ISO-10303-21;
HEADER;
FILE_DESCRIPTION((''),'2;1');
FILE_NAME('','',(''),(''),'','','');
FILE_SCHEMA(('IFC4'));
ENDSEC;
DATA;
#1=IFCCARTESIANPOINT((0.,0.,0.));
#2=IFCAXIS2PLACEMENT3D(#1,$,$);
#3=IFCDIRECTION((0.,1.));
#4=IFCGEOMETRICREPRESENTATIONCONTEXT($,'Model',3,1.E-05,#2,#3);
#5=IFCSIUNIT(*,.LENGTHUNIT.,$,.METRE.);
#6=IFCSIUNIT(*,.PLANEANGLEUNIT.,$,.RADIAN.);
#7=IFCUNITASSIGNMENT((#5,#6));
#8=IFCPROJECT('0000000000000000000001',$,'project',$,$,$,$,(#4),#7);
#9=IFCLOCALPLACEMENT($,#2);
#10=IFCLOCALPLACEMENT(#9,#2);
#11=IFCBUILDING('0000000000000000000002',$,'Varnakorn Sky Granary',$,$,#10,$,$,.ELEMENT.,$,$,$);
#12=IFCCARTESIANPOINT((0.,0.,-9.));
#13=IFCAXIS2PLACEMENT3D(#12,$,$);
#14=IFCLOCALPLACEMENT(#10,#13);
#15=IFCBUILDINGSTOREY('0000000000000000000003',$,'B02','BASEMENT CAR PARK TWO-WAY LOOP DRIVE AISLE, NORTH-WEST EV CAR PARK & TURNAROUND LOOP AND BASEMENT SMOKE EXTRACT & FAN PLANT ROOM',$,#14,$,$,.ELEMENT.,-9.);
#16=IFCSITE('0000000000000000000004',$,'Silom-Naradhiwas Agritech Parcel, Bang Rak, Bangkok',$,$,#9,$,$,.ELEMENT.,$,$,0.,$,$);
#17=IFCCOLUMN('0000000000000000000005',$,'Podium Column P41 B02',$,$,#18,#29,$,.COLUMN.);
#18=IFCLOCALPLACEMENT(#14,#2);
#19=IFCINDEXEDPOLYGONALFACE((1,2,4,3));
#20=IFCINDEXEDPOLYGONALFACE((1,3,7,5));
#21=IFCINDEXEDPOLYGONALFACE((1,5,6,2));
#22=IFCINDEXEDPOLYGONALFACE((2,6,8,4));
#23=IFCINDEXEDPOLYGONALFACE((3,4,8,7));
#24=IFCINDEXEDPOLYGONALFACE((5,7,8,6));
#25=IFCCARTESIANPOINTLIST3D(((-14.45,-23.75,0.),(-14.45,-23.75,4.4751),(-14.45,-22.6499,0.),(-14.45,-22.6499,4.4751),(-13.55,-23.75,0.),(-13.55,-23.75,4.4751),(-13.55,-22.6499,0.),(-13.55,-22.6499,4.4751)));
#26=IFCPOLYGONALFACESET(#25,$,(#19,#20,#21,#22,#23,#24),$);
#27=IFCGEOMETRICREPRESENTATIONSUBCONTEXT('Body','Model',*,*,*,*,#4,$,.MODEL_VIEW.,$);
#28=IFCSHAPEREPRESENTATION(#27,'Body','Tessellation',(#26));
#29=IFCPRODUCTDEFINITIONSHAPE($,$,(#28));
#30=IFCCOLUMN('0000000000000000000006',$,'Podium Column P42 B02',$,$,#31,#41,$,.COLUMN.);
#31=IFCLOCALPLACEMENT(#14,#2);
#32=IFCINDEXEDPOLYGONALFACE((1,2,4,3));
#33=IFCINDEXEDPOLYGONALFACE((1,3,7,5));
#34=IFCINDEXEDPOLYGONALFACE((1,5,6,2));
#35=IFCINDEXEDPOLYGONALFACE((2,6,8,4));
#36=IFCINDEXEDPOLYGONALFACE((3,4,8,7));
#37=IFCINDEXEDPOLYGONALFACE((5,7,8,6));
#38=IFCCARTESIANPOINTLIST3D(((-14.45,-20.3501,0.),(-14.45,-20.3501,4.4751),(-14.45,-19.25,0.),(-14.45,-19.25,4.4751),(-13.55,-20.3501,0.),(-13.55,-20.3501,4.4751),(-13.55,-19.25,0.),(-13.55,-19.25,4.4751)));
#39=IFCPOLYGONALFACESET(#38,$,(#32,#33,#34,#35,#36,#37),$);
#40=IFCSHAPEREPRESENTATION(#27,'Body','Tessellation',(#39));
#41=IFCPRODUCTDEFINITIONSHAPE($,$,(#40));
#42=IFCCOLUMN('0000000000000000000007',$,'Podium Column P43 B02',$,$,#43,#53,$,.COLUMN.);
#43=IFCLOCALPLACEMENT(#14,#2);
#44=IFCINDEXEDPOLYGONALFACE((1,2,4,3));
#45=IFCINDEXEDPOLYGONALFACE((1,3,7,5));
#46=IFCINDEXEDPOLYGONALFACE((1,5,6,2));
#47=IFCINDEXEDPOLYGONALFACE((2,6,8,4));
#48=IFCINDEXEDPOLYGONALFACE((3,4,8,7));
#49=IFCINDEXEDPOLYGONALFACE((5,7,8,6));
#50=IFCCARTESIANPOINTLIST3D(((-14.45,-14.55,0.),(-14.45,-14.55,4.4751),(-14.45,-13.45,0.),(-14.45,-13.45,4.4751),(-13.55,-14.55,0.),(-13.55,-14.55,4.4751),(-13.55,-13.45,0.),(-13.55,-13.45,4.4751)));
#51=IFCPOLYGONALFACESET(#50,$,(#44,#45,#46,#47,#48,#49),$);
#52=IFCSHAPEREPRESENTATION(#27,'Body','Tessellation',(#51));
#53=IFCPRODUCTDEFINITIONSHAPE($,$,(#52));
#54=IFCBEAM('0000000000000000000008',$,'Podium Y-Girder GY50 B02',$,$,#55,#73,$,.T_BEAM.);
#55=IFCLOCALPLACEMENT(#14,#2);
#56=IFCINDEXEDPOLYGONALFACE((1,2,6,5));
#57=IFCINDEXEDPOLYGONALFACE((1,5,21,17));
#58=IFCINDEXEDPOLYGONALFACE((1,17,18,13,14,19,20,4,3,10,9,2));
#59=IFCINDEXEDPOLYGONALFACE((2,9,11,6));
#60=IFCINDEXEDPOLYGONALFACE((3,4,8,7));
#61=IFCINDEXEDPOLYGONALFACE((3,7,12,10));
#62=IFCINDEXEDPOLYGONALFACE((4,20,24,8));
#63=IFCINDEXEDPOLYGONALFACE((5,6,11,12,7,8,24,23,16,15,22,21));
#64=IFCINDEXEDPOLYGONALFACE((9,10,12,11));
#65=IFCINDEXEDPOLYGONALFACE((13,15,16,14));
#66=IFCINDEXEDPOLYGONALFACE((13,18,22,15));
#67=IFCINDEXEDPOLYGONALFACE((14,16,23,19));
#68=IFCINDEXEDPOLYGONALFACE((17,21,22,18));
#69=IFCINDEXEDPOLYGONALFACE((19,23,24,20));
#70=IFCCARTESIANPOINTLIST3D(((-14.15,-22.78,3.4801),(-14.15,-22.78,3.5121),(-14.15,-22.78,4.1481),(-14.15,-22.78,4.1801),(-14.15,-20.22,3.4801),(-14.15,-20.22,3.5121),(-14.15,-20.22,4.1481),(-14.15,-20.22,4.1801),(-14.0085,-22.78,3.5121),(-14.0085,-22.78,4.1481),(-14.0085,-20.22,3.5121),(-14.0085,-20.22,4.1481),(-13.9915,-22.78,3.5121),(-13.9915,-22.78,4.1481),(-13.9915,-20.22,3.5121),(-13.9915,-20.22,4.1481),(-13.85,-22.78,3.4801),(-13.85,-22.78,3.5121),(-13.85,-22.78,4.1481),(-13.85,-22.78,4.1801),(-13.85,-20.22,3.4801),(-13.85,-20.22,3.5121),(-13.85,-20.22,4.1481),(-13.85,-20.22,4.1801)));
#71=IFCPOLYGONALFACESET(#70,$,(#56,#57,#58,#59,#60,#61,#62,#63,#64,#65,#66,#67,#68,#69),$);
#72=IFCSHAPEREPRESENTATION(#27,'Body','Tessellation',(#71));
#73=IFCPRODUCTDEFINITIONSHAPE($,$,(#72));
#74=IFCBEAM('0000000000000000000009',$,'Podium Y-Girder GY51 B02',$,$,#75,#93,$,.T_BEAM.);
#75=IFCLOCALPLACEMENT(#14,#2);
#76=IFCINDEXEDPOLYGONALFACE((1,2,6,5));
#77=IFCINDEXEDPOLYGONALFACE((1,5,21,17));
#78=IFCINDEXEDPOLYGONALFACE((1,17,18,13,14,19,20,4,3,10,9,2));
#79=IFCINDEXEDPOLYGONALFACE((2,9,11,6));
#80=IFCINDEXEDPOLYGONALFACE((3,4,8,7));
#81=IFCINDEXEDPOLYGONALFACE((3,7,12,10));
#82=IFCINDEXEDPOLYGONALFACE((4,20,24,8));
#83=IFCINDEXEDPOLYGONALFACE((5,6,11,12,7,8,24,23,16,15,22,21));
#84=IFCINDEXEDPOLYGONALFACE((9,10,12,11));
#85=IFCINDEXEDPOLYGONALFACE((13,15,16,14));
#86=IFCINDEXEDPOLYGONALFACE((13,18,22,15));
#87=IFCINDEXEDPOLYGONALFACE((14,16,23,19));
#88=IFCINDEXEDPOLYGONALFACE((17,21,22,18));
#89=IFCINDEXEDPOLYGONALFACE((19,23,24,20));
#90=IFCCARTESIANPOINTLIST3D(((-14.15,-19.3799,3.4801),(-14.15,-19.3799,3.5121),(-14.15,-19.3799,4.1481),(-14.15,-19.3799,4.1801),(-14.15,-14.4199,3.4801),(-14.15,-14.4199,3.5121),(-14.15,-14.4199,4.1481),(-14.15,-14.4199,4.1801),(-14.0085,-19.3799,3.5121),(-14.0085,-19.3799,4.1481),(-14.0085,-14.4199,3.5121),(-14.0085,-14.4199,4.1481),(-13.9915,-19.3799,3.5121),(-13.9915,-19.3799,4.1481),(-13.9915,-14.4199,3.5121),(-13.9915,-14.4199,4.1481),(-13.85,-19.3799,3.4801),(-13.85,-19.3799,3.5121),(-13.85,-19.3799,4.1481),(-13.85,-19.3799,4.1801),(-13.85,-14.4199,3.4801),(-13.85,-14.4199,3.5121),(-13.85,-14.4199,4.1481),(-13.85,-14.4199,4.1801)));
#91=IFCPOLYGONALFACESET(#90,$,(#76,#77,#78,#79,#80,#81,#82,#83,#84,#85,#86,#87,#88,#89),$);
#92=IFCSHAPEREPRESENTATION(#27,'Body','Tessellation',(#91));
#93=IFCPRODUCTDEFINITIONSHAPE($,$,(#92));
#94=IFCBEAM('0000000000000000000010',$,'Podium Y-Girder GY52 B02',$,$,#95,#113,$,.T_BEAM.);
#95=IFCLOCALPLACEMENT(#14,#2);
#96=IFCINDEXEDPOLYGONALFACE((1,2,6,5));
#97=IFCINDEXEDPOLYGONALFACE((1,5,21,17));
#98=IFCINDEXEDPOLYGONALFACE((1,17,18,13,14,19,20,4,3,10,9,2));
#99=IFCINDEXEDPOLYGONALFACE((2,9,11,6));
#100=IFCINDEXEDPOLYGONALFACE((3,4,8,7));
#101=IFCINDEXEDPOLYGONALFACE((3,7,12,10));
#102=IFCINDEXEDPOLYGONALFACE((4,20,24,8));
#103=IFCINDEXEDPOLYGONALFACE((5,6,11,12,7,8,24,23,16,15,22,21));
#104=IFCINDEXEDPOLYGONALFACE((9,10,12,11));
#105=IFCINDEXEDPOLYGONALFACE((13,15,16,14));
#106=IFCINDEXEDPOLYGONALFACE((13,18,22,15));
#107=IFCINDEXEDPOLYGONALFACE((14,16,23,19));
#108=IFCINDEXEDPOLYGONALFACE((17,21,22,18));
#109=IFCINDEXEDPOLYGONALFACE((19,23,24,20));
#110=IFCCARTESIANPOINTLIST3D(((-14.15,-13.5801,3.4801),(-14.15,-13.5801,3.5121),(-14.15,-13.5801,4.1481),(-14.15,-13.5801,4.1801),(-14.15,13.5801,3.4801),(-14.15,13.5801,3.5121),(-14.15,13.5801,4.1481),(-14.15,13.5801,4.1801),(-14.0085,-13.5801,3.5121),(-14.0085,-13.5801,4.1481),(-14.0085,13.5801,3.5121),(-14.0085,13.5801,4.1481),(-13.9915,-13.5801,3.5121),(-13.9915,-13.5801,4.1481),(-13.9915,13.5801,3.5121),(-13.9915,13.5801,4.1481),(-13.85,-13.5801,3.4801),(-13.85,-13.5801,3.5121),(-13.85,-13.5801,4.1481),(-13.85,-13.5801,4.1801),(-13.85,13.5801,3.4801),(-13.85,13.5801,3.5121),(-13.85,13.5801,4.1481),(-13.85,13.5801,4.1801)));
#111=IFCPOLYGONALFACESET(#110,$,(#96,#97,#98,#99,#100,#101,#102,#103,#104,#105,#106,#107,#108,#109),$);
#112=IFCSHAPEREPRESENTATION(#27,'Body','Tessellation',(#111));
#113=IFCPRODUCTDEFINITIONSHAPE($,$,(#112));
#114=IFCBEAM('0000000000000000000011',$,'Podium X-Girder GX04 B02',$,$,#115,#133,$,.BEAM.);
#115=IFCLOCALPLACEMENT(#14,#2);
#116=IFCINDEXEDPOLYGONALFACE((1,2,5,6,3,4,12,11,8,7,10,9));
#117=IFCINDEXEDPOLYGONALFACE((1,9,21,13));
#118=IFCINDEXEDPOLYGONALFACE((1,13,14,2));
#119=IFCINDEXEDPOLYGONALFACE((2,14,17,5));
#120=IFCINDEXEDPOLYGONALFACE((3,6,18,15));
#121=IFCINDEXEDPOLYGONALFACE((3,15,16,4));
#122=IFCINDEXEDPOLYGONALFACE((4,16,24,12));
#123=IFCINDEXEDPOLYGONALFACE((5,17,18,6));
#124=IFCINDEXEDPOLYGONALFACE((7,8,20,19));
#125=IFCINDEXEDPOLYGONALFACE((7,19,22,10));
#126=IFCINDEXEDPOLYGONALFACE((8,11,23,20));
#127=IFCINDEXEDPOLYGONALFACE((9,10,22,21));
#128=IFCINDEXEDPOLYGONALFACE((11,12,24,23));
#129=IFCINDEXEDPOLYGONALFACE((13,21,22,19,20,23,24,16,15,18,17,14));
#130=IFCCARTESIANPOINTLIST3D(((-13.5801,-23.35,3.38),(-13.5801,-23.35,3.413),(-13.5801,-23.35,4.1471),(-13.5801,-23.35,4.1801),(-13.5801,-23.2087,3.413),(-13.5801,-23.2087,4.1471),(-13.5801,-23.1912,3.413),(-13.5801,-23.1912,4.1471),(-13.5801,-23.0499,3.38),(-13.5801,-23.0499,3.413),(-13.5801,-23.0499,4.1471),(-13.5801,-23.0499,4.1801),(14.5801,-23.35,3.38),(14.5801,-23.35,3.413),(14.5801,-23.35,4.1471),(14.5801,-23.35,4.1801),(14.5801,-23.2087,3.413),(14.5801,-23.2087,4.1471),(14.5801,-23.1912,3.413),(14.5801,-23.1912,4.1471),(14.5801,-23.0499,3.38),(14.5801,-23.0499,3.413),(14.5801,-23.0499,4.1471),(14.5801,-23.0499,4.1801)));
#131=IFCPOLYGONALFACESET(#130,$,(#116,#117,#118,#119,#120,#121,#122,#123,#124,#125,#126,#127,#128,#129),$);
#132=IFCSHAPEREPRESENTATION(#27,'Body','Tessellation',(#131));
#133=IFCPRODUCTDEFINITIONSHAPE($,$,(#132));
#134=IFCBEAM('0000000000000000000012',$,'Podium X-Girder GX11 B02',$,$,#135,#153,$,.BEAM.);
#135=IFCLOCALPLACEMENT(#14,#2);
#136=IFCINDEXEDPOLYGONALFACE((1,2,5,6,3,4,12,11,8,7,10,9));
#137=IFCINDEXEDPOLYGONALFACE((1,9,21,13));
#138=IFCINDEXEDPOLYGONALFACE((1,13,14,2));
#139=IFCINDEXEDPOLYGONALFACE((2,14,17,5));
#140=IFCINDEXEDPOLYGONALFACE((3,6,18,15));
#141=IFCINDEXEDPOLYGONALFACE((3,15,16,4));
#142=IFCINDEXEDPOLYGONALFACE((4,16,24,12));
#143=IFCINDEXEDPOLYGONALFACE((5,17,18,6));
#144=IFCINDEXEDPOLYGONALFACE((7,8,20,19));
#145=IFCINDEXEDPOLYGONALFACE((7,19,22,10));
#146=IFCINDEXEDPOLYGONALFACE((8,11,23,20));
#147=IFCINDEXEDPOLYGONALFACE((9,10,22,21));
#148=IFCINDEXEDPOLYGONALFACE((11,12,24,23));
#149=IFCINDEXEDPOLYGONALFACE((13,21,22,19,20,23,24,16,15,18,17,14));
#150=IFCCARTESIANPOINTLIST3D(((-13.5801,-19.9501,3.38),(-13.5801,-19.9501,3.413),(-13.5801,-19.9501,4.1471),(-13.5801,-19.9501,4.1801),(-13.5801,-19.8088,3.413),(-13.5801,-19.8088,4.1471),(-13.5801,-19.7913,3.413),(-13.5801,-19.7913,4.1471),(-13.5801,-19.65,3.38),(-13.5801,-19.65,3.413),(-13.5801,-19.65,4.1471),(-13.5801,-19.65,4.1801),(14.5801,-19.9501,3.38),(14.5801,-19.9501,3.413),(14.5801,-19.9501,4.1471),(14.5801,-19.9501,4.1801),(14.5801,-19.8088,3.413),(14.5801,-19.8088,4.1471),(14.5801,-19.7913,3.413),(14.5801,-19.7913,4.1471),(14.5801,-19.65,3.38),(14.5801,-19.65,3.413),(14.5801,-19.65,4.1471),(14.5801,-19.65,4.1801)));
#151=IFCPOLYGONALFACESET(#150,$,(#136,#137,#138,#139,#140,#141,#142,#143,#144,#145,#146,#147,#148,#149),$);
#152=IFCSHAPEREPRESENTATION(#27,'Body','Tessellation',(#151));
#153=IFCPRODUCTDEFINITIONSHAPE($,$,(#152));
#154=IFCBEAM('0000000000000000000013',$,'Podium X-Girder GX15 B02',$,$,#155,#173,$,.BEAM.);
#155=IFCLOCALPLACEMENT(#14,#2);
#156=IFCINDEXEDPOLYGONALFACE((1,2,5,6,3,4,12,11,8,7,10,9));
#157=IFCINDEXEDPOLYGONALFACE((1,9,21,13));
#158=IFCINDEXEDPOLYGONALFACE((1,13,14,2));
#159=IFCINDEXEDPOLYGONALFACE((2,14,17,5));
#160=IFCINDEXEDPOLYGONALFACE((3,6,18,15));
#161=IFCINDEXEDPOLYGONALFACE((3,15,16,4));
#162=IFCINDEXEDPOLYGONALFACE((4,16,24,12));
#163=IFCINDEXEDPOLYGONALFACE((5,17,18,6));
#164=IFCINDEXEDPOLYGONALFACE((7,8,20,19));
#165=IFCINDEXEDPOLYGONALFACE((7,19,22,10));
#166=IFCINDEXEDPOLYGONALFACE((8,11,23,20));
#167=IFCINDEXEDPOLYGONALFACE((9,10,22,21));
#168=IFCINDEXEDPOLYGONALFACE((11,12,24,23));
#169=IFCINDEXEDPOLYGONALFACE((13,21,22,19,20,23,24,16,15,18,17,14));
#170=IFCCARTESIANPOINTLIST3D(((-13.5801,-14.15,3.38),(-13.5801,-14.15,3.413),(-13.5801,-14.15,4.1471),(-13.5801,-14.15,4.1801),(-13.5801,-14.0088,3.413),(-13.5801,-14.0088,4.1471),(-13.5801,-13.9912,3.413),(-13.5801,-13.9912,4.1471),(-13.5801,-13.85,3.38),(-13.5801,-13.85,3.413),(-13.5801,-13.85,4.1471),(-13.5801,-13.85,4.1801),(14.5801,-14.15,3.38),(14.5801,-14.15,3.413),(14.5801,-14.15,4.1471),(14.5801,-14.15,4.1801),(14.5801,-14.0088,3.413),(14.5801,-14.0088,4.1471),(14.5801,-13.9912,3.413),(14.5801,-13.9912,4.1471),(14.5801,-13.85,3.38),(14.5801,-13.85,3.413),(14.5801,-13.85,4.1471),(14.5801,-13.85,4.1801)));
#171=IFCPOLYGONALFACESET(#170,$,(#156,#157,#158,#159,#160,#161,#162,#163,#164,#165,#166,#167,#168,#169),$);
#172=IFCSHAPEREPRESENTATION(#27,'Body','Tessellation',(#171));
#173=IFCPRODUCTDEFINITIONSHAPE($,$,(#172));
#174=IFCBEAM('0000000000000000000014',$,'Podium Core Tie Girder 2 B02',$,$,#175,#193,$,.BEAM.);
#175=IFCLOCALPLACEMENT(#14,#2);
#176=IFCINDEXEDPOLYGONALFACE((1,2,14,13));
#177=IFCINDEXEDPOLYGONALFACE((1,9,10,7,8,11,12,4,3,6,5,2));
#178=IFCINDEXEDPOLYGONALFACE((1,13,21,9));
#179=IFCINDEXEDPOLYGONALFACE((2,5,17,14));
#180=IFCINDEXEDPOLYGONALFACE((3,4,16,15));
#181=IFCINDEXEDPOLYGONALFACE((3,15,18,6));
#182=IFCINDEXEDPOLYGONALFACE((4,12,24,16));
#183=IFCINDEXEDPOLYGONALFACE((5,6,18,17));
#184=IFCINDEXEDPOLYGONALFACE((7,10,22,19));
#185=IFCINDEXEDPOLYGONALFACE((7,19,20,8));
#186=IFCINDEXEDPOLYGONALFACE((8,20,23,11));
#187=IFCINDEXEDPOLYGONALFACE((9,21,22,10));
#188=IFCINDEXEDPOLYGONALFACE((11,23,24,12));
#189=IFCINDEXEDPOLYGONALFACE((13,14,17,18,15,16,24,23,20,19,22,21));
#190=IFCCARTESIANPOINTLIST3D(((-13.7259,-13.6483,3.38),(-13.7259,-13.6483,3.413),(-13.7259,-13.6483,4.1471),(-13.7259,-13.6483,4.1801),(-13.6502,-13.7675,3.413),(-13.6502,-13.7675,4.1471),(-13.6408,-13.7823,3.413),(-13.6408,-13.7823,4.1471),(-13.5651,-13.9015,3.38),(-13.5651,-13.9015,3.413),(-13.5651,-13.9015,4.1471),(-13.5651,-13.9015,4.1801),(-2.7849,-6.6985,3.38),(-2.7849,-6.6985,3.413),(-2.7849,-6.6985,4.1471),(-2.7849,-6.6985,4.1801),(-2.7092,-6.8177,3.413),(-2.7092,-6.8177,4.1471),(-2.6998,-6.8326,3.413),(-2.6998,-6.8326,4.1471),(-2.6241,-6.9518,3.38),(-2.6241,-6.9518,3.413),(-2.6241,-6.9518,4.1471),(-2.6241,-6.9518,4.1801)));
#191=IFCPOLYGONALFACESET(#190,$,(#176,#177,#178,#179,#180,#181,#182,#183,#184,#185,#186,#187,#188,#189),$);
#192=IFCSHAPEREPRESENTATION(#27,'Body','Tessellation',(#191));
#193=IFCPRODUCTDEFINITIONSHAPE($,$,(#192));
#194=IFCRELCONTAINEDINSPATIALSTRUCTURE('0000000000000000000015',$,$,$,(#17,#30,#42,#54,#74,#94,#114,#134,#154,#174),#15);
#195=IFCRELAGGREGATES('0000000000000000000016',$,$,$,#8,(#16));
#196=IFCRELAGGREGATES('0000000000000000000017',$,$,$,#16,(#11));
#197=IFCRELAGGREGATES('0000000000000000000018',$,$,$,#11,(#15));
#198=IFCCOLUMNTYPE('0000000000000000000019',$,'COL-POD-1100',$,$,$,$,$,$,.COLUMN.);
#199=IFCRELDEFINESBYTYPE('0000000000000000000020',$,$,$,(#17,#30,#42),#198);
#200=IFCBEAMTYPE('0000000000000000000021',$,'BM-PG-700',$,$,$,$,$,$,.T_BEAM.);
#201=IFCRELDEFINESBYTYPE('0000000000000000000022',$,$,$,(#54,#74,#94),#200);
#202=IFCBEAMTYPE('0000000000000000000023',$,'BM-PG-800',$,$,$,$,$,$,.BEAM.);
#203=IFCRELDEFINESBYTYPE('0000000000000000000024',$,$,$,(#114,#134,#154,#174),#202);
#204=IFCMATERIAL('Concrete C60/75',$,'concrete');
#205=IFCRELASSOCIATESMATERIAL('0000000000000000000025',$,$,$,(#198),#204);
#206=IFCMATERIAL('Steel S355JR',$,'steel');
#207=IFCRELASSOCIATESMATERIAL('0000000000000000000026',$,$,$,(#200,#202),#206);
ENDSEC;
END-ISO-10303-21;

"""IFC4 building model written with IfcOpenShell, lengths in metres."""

from ifc_helpers import new_model, si_unit, direction, frame, origin, origin_2d, place, context, subcontext, project, spatial, rectangle, i_section, extrude, material, material_profile, profile_set, type_object, element, save


model = new_model("IFC4")

# Units and contexts
model_context = context("Model", 3, precision=1e-05, world=origin(), true_north=direction((0.0, 1.0)))
body_context = subcontext(model_context, "Body", "Model", "MODEL_VIEW")
ifc_project = project(units=[si_unit("LENGTHUNIT", "METRE"), si_unit("PLANEANGLEUNIT", "RADIAN")], contexts=[model_context])

# Site, building, storey
site_placement = place(None, origin())
site = spatial("IfcSite", under=ifc_project, at=site_placement, Name="Silom-Naradhiwas Agritech Parcel, Bang Rak, Bangkok", CompositionType="ELEMENT", RefElevation=0.0)
building_placement = place(site_placement, origin())
building = spatial("IfcBuilding", under=site, at=building_placement, Name="Varnakorn Sky Granary", CompositionType="ELEMENT")
storey_placement = place(building_placement, frame((0.0, 0.0, -9.0)))
storey = spatial("IfcBuildingStorey", under=building, at=storey_placement, Name="B02", Description="BASEMENT CAR PARK TWO-WAY LOOP DRIVE AISLE, NORTH-WEST EV CAR PARK & TURNAROUND LOOP AND BASEMENT SMOKE EXTRACT & FAN PLANT ROOM", CompositionType="ELEMENT", Elevation=-9.0)

# Columns
ifc_material_1 = material(Name="Concrete C60/75", Category="concrete")
ifc_material_profile_1 = material_profile(ifc_material_1, rectangle(XDim=0.8999, YDim=1.1001, at=origin_2d()), Name="RC 900x1100")
ifc_profile_set_1 = profile_set([ifc_material_profile_1], Name="Concrete C60/75")
column_type = type_object("IfcColumnType", Name="COL-POD-1100", PredefinedType="COLUMN", material=ifc_profile_set_1)
for number, where, z_axis, x_axis, name in (
    (1, (-14.0, -23.2, 0.0), (0.0, 0.0, 1.0), (1.0, 0.0, 0.0), "Podium Column P41 B02"),
    (2, (-14.0, -19.8, 0.0), (0.0, 0.0, 1.0), (1.0, 0.0, 0.0), "Podium Column P42 B02"),
    (3, (-14.0, -14.0, 0.0), (0.0, 0.0, 1.0), (1.0, 0.0, 0.0), "Podium Column P43 B02"),
):
    element("IfcColumn", number, at=place(storey_placement, frame(where, z_axis=z_axis, x_axis=x_axis)), inside=storey, type_object=column_type, Name=name, PredefinedType="COLUMN", context=body_context, shape_type="SweptSolid", body=[
        extrude(rectangle(XDim=0.8999, YDim=1.1001, at=origin_2d()), origin(), (0.0, 0.0, 1.0), 4.4751),
    ])

# Beams
ifc_material_2 = material(Name="Steel S355JR", Category="steel")
ifc_material_profile_2 = material_profile(ifc_material_2, i_section(OverallWidth=0.3, OverallDepth=0.7, WebThickness=0.0171, FlangeThickness=0.032, at=origin_2d()), Name="HE 700 B")
ifc_profile_set_2 = profile_set([ifc_material_profile_2], Name="Steel S355JR")
beam_type_1 = type_object("IfcBeamType", Name="BM-PG-700", PredefinedType="T_BEAM", material=ifc_profile_set_2)
beam_1_placement = place(storey_placement, frame((-14.0, -22.78, 3.8301), z_axis=(0.0, 1.0, 0.0), x_axis=(-1.0, 0.0, 0.0)))
element("IfcBeam", 4, at=beam_1_placement, inside=storey, type_object=beam_type_1, Name="Podium Y-Girder GY50 B02", PredefinedType="T_BEAM", context=body_context, shape_type="SweptSolid", body=[
    extrude(i_section(OverallWidth=0.3, OverallDepth=0.7, WebThickness=0.0171, FlangeThickness=0.032, at=origin_2d()), origin(), (0.0, 0.0, 1.0), 2.5601),
])
beam_2_placement = place(storey_placement, frame((-14.0, -19.3799, 3.8301), z_axis=(0.0, 1.0, 0.0), x_axis=(-1.0, 0.0, 0.0)))
element("IfcBeam", 5, at=beam_2_placement, inside=storey, type_object=beam_type_1, Name="Podium Y-Girder GY51 B02", PredefinedType="T_BEAM", context=body_context, shape_type="SweptSolid", body=[
    extrude(i_section(OverallWidth=0.3, OverallDepth=0.7, WebThickness=0.0171, FlangeThickness=0.032, at=origin_2d()), origin(), (0.0, 0.0, 1.0), 4.96),
])
beam_3_placement = place(storey_placement, frame((-14.0, -13.5801, 3.8301), z_axis=(0.0, 1.0, 0.0), x_axis=(-1.0, 0.0, 0.0)))
element("IfcBeam", 6, at=beam_3_placement, inside=storey, type_object=beam_type_1, Name="Podium Y-Girder GY52 B02", PredefinedType="T_BEAM", context=body_context, shape_type="SweptSolid", body=[
    extrude(i_section(OverallWidth=0.3, OverallDepth=0.7, WebThickness=0.0171, FlangeThickness=0.032, at=origin_2d()), origin(), (0.0, 0.0, 1.0), 27.1602),
])
ifc_material_profile_3 = material_profile(ifc_material_2, i_section(OverallWidth=0.3, OverallDepth=0.8, WebThickness=0.0176, FlangeThickness=0.033, at=origin_2d()), Name="HE 800 B")
ifc_profile_set_3 = profile_set([ifc_material_profile_3], Name="Steel S355JR")
beam_type_2 = type_object("IfcBeamType", Name="BM-PG-800", PredefinedType="BEAM", material=ifc_profile_set_3)
for number, where, z_axis, x_axis, name in (
    (7, (-13.5801, -23.2, 3.78), (1.0, 0.0, 0.0), (0.0, 1.0, 0.0), "Podium X-Girder GX04 B02"),
    (8, (-13.5801, -19.8, 3.78), (1.0, 0.0, 0.0), (0.0, 1.0, 0.0), "Podium X-Girder GX11 B02"),
    (9, (-13.5801, -14.0, 3.78), (1.0, 0.0, 0.0), (0.0, 1.0, 0.0), "Podium X-Girder GX15 B02"),
):
    element("IfcBeam", number, at=place(storey_placement, frame(where, z_axis=z_axis, x_axis=x_axis)), inside=storey, type_object=beam_type_2, Name=name, PredefinedType="BEAM", context=body_context, shape_type="SweptSolid", body=[
        extrude(i_section(OverallWidth=0.3, OverallDepth=0.8, WebThickness=0.0176, FlangeThickness=0.033, at=origin_2d()), origin(), (0.0, 0.0, 1.0), 28.1602),
    ])
beam_4_placement = place(storey_placement, frame((-13.6455, -13.7749, 3.78), z_axis=(0.844105, 0.536178, 0.0), x_axis=(-0.536178, 0.844105, 0.0)))
element("IfcBeam", 10, at=beam_4_placement, inside=storey, type_object=beam_type_2, Name="Podium Core Tie Girder 2 B02", PredefinedType="BEAM", context=body_context, shape_type="SweptSolid", body=[
    extrude(i_section(OverallWidth=0.3, OverallDepth=0.8, WebThickness=0.0176, FlangeThickness=0.033, at=origin_2d()), origin(), (0.0, 0.0, 1.0), 12.9617),
])

save(model, "model.ifc")
